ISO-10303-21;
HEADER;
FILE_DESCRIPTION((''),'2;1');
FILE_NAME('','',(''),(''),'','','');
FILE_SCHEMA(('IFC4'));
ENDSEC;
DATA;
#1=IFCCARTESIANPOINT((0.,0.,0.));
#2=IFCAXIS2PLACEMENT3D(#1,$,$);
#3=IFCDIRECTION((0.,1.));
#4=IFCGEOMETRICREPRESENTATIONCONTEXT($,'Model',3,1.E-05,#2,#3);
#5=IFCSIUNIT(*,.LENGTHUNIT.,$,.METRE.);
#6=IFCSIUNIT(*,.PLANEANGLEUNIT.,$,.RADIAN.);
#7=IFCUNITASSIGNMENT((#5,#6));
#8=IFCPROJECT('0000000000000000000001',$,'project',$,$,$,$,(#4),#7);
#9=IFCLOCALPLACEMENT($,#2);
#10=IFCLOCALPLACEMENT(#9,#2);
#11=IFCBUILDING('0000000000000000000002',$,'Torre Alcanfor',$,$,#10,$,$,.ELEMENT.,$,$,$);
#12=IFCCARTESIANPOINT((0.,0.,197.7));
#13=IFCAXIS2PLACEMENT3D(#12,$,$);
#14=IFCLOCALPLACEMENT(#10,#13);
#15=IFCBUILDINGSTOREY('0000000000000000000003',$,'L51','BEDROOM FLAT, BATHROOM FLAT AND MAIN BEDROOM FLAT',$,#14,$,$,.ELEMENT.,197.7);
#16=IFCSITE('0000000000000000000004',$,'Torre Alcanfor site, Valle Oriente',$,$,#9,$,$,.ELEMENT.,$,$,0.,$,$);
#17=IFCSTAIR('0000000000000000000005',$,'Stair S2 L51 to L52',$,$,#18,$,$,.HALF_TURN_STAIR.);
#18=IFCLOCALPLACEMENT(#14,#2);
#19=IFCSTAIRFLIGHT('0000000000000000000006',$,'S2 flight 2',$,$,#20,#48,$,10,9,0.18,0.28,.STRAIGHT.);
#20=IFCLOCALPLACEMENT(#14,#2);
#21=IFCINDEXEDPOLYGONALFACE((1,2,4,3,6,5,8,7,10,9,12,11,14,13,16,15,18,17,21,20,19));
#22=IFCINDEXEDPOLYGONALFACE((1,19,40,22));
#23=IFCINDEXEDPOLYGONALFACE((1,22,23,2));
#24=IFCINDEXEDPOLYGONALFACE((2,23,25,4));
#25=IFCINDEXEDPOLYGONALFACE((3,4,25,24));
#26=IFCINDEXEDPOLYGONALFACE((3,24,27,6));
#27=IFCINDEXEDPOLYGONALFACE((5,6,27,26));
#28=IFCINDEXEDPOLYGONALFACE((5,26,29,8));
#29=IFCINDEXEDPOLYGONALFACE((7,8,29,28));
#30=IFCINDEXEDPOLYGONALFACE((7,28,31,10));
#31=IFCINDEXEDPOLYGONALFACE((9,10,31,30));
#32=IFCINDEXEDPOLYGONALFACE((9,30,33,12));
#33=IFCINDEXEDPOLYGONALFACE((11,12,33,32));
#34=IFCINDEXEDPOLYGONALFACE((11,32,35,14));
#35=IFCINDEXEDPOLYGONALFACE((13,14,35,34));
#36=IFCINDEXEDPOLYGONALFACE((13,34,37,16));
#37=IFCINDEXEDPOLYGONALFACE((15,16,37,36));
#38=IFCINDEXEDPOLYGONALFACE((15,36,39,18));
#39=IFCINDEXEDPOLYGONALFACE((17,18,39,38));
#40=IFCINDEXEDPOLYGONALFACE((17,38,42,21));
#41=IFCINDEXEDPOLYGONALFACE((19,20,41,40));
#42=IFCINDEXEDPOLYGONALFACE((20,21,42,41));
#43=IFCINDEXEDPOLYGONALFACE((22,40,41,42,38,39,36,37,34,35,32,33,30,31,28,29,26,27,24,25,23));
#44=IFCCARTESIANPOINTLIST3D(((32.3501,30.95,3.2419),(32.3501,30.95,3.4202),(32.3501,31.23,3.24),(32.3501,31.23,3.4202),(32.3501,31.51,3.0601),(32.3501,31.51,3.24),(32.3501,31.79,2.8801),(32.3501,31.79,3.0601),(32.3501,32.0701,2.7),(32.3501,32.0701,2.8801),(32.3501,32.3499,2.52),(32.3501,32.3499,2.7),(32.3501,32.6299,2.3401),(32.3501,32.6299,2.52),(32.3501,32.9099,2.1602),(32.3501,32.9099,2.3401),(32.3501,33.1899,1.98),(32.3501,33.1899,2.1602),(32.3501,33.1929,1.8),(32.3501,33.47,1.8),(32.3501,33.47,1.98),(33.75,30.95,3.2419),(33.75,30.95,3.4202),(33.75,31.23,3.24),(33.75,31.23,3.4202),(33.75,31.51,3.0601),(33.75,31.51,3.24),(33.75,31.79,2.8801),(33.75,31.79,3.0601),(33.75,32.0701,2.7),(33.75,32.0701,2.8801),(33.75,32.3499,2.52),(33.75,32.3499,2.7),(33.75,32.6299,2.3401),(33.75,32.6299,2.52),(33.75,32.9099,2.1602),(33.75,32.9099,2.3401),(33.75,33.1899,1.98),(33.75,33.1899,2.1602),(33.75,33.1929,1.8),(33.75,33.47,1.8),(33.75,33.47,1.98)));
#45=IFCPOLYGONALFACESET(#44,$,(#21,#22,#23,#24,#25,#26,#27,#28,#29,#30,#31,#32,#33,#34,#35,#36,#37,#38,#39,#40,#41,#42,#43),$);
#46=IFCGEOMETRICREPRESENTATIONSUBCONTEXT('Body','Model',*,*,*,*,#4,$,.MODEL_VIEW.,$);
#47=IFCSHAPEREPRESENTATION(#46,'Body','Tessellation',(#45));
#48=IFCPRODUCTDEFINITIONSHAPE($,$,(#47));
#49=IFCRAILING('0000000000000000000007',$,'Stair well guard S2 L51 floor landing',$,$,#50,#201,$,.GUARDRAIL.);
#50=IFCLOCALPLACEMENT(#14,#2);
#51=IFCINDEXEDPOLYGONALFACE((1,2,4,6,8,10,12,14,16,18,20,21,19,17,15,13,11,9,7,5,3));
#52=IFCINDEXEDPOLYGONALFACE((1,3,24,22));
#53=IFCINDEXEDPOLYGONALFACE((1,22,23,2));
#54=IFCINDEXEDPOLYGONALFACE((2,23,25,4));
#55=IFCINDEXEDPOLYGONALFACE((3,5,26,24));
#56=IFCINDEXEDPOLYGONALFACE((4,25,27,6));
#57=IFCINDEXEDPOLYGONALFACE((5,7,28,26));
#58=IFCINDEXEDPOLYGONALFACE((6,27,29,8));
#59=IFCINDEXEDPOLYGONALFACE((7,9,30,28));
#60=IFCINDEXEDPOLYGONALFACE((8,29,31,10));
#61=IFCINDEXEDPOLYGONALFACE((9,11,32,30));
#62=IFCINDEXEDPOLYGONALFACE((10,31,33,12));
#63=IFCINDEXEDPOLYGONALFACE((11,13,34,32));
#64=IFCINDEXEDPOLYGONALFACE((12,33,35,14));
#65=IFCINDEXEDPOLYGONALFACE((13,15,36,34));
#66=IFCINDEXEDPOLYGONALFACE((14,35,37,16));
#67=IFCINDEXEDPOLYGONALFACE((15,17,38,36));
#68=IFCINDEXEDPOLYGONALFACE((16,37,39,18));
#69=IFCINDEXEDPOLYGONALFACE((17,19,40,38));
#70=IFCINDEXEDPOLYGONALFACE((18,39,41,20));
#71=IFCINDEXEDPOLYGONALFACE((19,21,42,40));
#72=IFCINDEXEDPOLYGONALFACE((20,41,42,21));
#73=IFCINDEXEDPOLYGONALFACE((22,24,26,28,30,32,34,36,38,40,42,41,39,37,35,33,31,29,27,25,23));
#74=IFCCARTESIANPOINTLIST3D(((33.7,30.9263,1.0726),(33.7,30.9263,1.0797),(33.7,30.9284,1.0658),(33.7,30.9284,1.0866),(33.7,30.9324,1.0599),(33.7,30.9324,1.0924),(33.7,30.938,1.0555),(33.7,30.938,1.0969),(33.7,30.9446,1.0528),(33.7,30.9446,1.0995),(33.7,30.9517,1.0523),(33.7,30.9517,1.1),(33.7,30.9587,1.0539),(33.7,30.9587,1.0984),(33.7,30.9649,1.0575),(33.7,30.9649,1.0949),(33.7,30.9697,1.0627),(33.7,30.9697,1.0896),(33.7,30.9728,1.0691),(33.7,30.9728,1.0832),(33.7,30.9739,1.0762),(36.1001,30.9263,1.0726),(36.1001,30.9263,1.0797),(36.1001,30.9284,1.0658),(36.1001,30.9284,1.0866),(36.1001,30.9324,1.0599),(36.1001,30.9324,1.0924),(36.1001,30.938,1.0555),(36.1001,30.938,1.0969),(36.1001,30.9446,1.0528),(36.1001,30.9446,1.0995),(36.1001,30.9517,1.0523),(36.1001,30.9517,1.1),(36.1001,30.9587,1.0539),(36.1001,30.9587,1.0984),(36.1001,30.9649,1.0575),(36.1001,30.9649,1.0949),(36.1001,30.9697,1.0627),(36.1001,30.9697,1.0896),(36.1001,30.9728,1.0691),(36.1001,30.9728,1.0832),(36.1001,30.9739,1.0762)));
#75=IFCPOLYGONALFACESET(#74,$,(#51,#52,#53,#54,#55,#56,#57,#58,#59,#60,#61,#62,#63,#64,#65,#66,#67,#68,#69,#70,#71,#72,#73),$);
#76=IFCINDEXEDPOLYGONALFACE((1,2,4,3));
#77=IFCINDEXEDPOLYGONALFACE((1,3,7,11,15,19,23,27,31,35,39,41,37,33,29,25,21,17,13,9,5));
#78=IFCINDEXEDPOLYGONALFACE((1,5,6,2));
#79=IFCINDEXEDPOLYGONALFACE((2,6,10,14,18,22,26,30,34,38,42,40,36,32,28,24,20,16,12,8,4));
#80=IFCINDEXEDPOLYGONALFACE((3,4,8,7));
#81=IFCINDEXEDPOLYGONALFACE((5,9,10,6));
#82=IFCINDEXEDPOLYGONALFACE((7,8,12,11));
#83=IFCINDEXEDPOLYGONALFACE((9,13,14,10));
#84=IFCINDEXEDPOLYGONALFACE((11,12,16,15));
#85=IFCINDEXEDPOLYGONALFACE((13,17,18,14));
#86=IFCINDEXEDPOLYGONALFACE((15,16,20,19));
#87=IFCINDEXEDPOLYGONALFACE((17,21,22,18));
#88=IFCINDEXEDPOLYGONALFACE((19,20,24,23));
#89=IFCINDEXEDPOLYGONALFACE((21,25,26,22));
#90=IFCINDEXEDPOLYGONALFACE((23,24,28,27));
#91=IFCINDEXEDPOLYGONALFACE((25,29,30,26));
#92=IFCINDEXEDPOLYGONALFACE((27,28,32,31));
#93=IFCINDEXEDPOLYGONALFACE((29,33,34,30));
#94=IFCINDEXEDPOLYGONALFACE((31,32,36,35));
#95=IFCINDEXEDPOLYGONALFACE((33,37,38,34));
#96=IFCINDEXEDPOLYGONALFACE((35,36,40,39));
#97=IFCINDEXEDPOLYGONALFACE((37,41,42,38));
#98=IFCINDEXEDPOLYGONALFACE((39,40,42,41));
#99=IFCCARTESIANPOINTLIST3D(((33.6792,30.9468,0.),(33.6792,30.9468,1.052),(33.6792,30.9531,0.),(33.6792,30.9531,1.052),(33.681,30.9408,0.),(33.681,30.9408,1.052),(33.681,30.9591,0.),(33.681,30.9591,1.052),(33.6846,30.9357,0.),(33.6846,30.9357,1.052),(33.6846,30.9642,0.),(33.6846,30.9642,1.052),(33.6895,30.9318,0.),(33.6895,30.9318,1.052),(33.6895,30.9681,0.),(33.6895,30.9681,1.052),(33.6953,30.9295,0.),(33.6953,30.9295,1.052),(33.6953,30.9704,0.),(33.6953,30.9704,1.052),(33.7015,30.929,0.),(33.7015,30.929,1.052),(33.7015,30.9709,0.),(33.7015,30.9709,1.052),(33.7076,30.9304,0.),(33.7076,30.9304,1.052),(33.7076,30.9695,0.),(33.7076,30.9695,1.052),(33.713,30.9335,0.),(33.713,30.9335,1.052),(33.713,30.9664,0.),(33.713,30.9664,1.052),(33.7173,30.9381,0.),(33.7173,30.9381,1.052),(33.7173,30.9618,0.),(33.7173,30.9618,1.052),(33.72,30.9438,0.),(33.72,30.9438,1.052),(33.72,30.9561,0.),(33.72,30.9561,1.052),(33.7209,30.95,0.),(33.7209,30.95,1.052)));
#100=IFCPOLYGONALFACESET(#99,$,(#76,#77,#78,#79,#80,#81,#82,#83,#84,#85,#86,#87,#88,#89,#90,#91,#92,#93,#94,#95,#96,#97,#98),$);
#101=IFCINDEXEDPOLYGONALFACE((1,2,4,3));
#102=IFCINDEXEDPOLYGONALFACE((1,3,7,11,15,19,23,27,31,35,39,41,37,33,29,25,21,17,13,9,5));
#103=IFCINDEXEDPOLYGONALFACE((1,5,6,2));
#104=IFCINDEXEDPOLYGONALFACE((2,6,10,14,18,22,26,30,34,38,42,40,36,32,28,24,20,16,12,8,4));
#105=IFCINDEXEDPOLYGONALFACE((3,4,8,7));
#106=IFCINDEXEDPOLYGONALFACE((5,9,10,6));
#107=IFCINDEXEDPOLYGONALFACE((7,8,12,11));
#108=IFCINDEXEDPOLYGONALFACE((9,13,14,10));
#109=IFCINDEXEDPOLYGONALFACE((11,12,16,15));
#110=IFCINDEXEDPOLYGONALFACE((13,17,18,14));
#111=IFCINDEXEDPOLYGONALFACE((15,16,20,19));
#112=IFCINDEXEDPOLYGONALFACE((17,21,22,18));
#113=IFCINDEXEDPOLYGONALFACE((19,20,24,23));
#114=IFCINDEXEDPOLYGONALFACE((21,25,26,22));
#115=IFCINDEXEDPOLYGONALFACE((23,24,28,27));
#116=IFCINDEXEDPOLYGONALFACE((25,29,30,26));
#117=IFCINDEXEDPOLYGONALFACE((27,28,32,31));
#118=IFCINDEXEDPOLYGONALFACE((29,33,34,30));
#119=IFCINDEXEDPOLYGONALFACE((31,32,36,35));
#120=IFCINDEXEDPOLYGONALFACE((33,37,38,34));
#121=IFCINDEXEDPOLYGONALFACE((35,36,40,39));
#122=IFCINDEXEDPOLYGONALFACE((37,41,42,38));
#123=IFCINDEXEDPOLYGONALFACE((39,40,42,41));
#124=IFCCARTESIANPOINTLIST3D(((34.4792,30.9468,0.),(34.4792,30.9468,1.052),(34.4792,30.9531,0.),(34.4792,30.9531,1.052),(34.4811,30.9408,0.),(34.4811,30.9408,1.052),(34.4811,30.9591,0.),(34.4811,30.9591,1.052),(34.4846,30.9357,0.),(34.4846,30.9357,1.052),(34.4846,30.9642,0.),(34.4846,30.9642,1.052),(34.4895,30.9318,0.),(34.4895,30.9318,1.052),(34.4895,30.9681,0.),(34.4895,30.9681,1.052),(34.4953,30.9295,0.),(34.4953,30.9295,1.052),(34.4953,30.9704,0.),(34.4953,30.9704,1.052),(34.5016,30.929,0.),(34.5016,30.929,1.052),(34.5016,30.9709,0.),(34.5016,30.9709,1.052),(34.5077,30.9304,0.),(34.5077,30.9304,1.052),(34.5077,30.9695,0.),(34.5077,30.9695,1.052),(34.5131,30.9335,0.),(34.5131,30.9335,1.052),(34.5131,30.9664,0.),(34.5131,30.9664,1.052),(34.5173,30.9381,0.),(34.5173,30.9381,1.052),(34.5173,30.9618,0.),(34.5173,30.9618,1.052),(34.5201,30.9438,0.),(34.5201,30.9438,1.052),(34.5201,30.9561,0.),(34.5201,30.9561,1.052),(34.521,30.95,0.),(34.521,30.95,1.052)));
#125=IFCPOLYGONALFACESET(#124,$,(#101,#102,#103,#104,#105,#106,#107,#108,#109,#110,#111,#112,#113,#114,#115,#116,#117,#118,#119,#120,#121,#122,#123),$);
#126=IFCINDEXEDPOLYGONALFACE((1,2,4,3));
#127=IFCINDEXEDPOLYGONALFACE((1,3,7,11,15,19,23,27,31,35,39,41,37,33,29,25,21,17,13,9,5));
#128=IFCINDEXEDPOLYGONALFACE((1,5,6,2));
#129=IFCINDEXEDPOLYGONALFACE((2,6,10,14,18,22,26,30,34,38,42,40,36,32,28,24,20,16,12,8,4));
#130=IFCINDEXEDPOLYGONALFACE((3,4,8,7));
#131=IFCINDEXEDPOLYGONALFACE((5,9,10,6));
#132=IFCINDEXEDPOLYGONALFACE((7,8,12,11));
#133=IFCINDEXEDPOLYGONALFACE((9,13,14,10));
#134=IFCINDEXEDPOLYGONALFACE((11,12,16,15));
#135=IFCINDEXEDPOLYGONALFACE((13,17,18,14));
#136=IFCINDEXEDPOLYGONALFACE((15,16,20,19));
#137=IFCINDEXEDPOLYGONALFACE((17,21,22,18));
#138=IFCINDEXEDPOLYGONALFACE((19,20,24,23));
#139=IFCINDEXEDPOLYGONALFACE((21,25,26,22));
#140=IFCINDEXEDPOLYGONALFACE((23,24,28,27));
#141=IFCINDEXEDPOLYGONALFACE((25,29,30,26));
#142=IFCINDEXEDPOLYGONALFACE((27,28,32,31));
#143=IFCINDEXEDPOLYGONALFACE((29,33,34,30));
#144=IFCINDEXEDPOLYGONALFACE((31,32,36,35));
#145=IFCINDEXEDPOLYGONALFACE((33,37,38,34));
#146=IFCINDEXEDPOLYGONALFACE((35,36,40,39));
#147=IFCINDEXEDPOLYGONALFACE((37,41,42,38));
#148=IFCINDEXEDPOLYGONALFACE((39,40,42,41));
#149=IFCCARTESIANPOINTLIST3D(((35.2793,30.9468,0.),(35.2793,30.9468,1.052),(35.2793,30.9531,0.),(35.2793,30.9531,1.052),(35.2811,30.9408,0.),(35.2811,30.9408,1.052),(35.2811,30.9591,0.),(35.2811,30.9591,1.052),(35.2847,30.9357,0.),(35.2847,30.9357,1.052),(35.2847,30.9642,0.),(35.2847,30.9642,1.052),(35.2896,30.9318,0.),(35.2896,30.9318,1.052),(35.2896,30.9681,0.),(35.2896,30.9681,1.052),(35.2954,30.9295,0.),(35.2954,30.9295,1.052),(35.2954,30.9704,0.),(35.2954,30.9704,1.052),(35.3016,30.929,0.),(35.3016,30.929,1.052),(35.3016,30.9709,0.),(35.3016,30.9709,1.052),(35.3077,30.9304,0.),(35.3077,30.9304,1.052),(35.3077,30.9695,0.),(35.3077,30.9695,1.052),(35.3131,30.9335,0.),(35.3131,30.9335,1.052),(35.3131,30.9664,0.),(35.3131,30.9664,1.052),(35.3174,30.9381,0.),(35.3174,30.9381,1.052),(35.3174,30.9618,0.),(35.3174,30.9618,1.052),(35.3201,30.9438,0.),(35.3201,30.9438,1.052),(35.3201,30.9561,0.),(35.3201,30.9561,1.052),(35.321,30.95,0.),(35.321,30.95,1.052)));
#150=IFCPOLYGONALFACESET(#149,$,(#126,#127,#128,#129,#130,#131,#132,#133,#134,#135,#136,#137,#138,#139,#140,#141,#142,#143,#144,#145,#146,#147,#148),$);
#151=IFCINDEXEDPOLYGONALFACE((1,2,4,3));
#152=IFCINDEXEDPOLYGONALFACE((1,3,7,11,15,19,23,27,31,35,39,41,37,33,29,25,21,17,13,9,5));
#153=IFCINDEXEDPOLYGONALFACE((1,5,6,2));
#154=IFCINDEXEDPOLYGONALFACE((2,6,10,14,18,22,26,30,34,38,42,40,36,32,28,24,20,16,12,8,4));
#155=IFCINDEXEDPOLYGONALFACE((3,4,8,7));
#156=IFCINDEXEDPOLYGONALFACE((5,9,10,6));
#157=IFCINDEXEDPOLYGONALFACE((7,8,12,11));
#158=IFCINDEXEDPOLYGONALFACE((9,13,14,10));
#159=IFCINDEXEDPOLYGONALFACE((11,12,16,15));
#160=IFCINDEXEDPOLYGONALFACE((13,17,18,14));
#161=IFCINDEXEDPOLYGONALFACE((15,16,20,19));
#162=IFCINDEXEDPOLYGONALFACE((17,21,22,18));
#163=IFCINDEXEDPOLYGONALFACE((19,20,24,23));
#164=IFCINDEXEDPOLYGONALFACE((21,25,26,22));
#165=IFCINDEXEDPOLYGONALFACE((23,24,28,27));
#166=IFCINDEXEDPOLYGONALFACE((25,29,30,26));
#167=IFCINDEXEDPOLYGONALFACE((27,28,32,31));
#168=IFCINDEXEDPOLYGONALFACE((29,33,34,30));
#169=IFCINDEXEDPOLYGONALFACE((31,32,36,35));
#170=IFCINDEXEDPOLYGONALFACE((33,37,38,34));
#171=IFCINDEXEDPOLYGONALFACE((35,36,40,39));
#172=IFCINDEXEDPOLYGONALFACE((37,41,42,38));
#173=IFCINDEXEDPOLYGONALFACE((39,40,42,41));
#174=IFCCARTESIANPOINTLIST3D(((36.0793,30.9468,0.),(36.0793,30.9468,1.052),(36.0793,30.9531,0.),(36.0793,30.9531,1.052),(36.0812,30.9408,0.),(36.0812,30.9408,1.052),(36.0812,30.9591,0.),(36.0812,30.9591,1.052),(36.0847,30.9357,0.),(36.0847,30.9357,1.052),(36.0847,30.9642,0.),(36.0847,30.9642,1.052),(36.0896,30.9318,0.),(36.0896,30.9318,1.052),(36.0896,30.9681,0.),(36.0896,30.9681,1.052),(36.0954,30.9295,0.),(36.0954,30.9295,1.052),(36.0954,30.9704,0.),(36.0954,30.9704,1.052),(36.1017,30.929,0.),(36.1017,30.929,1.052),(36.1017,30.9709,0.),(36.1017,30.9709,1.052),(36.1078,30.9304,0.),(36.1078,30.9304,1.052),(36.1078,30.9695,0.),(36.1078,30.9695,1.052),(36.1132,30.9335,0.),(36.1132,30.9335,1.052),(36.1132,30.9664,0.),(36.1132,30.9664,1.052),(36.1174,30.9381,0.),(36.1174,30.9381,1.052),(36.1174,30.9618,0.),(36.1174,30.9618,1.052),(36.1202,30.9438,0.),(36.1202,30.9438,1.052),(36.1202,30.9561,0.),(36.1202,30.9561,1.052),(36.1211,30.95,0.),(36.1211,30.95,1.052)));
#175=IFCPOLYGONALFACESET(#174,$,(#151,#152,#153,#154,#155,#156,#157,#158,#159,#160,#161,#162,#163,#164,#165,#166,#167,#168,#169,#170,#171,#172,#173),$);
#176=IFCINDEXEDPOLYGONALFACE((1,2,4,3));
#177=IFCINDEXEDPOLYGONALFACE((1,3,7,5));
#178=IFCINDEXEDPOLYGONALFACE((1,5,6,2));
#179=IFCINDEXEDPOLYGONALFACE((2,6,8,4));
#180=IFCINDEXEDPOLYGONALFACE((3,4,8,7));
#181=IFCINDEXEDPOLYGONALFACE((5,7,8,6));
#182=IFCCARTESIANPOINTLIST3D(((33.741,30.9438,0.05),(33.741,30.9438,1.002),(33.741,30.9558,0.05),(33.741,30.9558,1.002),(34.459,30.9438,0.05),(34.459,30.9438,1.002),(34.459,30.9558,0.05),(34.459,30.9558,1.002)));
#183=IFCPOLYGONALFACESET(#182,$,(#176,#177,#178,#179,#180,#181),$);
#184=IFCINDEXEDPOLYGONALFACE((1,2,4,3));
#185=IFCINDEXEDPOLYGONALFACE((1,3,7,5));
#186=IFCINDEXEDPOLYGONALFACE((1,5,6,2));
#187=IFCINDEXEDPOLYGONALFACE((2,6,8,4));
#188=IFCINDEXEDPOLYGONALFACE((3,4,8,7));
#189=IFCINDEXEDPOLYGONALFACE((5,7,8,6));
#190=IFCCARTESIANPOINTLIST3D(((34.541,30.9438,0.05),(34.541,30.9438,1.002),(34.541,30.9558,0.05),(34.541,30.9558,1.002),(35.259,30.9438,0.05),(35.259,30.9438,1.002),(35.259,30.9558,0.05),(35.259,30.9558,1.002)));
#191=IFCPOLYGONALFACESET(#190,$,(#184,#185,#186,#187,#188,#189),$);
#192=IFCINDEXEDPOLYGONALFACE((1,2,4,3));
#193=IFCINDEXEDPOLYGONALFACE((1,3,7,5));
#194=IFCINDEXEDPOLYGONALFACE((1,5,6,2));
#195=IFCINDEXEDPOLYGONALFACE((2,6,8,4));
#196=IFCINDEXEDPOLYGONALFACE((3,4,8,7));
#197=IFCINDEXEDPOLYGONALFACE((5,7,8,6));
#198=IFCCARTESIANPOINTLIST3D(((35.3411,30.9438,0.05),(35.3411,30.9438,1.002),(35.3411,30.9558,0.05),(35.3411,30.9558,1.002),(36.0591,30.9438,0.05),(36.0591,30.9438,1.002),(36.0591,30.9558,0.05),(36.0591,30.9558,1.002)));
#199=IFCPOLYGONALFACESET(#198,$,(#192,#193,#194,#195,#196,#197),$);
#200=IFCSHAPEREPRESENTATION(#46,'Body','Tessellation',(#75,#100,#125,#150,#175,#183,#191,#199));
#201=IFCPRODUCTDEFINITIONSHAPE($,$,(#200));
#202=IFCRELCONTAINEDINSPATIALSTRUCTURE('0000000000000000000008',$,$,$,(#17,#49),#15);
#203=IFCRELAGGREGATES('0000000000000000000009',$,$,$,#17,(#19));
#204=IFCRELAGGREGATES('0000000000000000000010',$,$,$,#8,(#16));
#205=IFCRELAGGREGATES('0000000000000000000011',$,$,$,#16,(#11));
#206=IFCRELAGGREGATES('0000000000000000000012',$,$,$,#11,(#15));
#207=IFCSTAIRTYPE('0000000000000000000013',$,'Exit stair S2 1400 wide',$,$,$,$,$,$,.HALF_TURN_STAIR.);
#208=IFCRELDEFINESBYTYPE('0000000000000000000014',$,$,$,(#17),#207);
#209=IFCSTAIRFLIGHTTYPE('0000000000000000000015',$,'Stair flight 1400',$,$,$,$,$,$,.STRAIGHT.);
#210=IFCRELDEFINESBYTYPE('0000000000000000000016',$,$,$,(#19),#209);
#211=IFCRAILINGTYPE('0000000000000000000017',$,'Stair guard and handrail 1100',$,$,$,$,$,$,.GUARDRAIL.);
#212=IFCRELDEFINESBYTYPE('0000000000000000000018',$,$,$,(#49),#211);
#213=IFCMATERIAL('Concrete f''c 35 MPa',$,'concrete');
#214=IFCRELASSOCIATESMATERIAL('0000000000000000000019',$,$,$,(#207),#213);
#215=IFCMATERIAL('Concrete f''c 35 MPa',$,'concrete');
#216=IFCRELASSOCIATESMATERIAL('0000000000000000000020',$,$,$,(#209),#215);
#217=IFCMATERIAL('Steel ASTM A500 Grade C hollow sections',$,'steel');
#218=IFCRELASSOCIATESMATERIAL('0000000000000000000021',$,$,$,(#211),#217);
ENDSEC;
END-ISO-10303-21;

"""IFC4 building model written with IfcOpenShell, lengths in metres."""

from ifc_helpers import new_model, si_unit, direction, frame, origin, origin_2d, place, context, subcontext, project, spatial, polyline, circle, outline, extrude, material, type_object, element, aggregate, save


model = new_model("IFC4")

# Units and contexts
model_context = context("Model", 3, precision=1e-05, world=origin(), true_north=direction((0.0, 1.0)))
body_context = subcontext(model_context, "Body", "Model", "MODEL_VIEW")
ifc_project = project(units=[si_unit("LENGTHUNIT", "METRE"), si_unit("PLANEANGLEUNIT", "RADIAN")], contexts=[model_context])

# Site, building, storey
site_placement = place(None, origin())
site = spatial("IfcSite", under=ifc_project, at=site_placement, Name="Torre Alcanfor site, Valle Oriente", CompositionType="ELEMENT", RefElevation=0.0)
building_placement = place(site_placement, origin())
building = spatial("IfcBuilding", under=site, at=building_placement, Name="Torre Alcanfor", CompositionType="ELEMENT")
storey_placement = place(building_placement, frame((0.0, 0.0, 197.7)))
storey = spatial("IfcBuildingStorey", under=building, at=storey_placement, Name="L51", Description="BEDROOM FLAT, BATHROOM FLAT AND MAIN BEDROOM FLAT", CompositionType="ELEMENT", Elevation=197.7)

# Stair, stair flight
ifc_material_1 = material(Name="Concrete f'c 35 MPa", Category="concrete")
stair_type = type_object("IfcStairType", Name="Exit stair S2 1400 wide", PredefinedType="HALF_TURN_STAIR", material=ifc_material_1)
stair_placement = place(storey_placement, origin())
stair = element("IfcStair", 1, at=stair_placement, inside=storey, type_object=stair_type, Name="Stair S2 L51 to L52", PredefinedType="HALF_TURN_STAIR")
ifc_material_2 = material(Name="Concrete f'c 35 MPa", Category="concrete")
stair_flight_type = type_object("IfcStairFlightType", Name="Stair flight 1400", PredefinedType="STRAIGHT", material=ifc_material_2)
stair_flight_1_placement = place(storey_placement, frame((33.05, 33.47, 1.8), z_axis=(0.0, 0.0, 1.0), x_axis=(0.0, -1.0, 0.0)))
stair_flight_1 = element("IfcStairFlight", 2, at=stair_flight_1_placement, type_object=stair_flight_type, Name="S2 flight 2", NumberOfRisers=10, NumberOfTreads=9, PredefinedType="STRAIGHT", RiserHeight=0.18, TreadLength=0.28, context=body_context, shape_type="SweptSolid", body=[
    extrude(outline(polyline([(0.0, 0.0), (0.0, 0.1799), (0.28, 0.1799), (0.28, 0.3601), (0.5601, 0.3601), (0.5601, 0.54), (0.8401, 0.54), (0.8401, 0.72), (1.1201, 0.72), (1.1201, 0.8999), (1.3999, 0.8999), (1.3999, 1.0801), (1.6799, 1.0801), (1.6799, 1.26), (1.96, 1.26), (1.96, 1.4399), (2.24, 1.4399), (2.24, 1.6201), (2.52, 1.6201), (2.52, 1.8), (2.52, 1.4419), (0.2771, 0.0), (0.0, 0.0)])), frame((0.0, 0.7, 0.0), z_axis=(0.0, -1.0, 0.0), x_axis=(1.0, 0.0, 0.0)), (0.0, 0.0, 1.0), 1.3999),
])
aggregate(stair, [stair_flight_1])

# Railing
ifc_material_3 = material(Name="Steel ASTM A500 Grade C hollow sections", Category="steel")
railing_type_1 = type_object("IfcRailingType", Name="Stair guard and handrail 1100", PredefinedType="GUARDRAIL", material=ifc_material_3)
for number, where, name in (
    (3, (33.7, 30.95, 0.0), "Stair well guard S2 L51 floor landing"),
):
    element("IfcRailing", number, at=place(storey_placement, frame(where)), inside=storey, type_object=railing_type_1, Name=name, PredefinedType="GUARDRAIL", context=body_context, shape_type="SweptSolid", body=[
        extrude(circle(Radius=0.0239, at=origin_2d()), frame((0.0, 0.0, 1.0762), z_axis=(1.0, 0.0, 0.0), x_axis=(0.0, 1.0, 0.0)), (0.0, 0.0, 1.0), 2.4001),
        extrude(circle(Radius=0.021, at=origin_2d()), origin(), (0.0, 0.0, 1.0), 1.052),
        extrude(circle(Radius=0.021, at=origin_2d()), frame((0.8, 0.0, 0.0)), (0.0, 0.0, 1.0), 1.052),
        extrude(circle(Radius=0.021, at=origin_2d()), frame((1.6001, 0.0, 0.0)), (0.0, 0.0, 1.0), 1.052),
        extrude(circle(Radius=0.021, at=origin_2d()), frame((2.4001, 0.0, 0.0)), (0.0, 0.0, 1.0), 1.052),
        extrude(outline(polyline([(0.041, 0.05), (0.759, 0.05), (0.759, 1.002), (0.041, 1.002), (0.041, 0.05)])), frame((0.0, 0.0059, 0.0), z_axis=(0.0, -1.0, 0.0), x_axis=(1.0, 0.0, 0.0)), (0.0, 0.0, 1.0), 0.012),
        extrude(outline(polyline([(0.8411, 0.05), (1.5591, 0.05), (1.5591, 1.002), (0.8411, 1.002), (0.8411, 0.05)])), frame((0.0, 0.0059, 0.0), z_axis=(0.0, -1.0, 0.0), x_axis=(1.0, 0.0, 0.0)), (0.0, 0.0, 1.0), 0.012),
        extrude(outline(polyline([(1.6411, 0.05), (2.3591, 0.05), (2.3591, 1.002), (1.6411, 1.002), (1.6411, 0.05)])), frame((0.0, 0.0059, 0.0), z_axis=(0.0, -1.0, 0.0), x_axis=(1.0, 0.0, 0.0)), (0.0, 0.0, 1.0), 0.012),
    ])

save(model, "model.ifc")
